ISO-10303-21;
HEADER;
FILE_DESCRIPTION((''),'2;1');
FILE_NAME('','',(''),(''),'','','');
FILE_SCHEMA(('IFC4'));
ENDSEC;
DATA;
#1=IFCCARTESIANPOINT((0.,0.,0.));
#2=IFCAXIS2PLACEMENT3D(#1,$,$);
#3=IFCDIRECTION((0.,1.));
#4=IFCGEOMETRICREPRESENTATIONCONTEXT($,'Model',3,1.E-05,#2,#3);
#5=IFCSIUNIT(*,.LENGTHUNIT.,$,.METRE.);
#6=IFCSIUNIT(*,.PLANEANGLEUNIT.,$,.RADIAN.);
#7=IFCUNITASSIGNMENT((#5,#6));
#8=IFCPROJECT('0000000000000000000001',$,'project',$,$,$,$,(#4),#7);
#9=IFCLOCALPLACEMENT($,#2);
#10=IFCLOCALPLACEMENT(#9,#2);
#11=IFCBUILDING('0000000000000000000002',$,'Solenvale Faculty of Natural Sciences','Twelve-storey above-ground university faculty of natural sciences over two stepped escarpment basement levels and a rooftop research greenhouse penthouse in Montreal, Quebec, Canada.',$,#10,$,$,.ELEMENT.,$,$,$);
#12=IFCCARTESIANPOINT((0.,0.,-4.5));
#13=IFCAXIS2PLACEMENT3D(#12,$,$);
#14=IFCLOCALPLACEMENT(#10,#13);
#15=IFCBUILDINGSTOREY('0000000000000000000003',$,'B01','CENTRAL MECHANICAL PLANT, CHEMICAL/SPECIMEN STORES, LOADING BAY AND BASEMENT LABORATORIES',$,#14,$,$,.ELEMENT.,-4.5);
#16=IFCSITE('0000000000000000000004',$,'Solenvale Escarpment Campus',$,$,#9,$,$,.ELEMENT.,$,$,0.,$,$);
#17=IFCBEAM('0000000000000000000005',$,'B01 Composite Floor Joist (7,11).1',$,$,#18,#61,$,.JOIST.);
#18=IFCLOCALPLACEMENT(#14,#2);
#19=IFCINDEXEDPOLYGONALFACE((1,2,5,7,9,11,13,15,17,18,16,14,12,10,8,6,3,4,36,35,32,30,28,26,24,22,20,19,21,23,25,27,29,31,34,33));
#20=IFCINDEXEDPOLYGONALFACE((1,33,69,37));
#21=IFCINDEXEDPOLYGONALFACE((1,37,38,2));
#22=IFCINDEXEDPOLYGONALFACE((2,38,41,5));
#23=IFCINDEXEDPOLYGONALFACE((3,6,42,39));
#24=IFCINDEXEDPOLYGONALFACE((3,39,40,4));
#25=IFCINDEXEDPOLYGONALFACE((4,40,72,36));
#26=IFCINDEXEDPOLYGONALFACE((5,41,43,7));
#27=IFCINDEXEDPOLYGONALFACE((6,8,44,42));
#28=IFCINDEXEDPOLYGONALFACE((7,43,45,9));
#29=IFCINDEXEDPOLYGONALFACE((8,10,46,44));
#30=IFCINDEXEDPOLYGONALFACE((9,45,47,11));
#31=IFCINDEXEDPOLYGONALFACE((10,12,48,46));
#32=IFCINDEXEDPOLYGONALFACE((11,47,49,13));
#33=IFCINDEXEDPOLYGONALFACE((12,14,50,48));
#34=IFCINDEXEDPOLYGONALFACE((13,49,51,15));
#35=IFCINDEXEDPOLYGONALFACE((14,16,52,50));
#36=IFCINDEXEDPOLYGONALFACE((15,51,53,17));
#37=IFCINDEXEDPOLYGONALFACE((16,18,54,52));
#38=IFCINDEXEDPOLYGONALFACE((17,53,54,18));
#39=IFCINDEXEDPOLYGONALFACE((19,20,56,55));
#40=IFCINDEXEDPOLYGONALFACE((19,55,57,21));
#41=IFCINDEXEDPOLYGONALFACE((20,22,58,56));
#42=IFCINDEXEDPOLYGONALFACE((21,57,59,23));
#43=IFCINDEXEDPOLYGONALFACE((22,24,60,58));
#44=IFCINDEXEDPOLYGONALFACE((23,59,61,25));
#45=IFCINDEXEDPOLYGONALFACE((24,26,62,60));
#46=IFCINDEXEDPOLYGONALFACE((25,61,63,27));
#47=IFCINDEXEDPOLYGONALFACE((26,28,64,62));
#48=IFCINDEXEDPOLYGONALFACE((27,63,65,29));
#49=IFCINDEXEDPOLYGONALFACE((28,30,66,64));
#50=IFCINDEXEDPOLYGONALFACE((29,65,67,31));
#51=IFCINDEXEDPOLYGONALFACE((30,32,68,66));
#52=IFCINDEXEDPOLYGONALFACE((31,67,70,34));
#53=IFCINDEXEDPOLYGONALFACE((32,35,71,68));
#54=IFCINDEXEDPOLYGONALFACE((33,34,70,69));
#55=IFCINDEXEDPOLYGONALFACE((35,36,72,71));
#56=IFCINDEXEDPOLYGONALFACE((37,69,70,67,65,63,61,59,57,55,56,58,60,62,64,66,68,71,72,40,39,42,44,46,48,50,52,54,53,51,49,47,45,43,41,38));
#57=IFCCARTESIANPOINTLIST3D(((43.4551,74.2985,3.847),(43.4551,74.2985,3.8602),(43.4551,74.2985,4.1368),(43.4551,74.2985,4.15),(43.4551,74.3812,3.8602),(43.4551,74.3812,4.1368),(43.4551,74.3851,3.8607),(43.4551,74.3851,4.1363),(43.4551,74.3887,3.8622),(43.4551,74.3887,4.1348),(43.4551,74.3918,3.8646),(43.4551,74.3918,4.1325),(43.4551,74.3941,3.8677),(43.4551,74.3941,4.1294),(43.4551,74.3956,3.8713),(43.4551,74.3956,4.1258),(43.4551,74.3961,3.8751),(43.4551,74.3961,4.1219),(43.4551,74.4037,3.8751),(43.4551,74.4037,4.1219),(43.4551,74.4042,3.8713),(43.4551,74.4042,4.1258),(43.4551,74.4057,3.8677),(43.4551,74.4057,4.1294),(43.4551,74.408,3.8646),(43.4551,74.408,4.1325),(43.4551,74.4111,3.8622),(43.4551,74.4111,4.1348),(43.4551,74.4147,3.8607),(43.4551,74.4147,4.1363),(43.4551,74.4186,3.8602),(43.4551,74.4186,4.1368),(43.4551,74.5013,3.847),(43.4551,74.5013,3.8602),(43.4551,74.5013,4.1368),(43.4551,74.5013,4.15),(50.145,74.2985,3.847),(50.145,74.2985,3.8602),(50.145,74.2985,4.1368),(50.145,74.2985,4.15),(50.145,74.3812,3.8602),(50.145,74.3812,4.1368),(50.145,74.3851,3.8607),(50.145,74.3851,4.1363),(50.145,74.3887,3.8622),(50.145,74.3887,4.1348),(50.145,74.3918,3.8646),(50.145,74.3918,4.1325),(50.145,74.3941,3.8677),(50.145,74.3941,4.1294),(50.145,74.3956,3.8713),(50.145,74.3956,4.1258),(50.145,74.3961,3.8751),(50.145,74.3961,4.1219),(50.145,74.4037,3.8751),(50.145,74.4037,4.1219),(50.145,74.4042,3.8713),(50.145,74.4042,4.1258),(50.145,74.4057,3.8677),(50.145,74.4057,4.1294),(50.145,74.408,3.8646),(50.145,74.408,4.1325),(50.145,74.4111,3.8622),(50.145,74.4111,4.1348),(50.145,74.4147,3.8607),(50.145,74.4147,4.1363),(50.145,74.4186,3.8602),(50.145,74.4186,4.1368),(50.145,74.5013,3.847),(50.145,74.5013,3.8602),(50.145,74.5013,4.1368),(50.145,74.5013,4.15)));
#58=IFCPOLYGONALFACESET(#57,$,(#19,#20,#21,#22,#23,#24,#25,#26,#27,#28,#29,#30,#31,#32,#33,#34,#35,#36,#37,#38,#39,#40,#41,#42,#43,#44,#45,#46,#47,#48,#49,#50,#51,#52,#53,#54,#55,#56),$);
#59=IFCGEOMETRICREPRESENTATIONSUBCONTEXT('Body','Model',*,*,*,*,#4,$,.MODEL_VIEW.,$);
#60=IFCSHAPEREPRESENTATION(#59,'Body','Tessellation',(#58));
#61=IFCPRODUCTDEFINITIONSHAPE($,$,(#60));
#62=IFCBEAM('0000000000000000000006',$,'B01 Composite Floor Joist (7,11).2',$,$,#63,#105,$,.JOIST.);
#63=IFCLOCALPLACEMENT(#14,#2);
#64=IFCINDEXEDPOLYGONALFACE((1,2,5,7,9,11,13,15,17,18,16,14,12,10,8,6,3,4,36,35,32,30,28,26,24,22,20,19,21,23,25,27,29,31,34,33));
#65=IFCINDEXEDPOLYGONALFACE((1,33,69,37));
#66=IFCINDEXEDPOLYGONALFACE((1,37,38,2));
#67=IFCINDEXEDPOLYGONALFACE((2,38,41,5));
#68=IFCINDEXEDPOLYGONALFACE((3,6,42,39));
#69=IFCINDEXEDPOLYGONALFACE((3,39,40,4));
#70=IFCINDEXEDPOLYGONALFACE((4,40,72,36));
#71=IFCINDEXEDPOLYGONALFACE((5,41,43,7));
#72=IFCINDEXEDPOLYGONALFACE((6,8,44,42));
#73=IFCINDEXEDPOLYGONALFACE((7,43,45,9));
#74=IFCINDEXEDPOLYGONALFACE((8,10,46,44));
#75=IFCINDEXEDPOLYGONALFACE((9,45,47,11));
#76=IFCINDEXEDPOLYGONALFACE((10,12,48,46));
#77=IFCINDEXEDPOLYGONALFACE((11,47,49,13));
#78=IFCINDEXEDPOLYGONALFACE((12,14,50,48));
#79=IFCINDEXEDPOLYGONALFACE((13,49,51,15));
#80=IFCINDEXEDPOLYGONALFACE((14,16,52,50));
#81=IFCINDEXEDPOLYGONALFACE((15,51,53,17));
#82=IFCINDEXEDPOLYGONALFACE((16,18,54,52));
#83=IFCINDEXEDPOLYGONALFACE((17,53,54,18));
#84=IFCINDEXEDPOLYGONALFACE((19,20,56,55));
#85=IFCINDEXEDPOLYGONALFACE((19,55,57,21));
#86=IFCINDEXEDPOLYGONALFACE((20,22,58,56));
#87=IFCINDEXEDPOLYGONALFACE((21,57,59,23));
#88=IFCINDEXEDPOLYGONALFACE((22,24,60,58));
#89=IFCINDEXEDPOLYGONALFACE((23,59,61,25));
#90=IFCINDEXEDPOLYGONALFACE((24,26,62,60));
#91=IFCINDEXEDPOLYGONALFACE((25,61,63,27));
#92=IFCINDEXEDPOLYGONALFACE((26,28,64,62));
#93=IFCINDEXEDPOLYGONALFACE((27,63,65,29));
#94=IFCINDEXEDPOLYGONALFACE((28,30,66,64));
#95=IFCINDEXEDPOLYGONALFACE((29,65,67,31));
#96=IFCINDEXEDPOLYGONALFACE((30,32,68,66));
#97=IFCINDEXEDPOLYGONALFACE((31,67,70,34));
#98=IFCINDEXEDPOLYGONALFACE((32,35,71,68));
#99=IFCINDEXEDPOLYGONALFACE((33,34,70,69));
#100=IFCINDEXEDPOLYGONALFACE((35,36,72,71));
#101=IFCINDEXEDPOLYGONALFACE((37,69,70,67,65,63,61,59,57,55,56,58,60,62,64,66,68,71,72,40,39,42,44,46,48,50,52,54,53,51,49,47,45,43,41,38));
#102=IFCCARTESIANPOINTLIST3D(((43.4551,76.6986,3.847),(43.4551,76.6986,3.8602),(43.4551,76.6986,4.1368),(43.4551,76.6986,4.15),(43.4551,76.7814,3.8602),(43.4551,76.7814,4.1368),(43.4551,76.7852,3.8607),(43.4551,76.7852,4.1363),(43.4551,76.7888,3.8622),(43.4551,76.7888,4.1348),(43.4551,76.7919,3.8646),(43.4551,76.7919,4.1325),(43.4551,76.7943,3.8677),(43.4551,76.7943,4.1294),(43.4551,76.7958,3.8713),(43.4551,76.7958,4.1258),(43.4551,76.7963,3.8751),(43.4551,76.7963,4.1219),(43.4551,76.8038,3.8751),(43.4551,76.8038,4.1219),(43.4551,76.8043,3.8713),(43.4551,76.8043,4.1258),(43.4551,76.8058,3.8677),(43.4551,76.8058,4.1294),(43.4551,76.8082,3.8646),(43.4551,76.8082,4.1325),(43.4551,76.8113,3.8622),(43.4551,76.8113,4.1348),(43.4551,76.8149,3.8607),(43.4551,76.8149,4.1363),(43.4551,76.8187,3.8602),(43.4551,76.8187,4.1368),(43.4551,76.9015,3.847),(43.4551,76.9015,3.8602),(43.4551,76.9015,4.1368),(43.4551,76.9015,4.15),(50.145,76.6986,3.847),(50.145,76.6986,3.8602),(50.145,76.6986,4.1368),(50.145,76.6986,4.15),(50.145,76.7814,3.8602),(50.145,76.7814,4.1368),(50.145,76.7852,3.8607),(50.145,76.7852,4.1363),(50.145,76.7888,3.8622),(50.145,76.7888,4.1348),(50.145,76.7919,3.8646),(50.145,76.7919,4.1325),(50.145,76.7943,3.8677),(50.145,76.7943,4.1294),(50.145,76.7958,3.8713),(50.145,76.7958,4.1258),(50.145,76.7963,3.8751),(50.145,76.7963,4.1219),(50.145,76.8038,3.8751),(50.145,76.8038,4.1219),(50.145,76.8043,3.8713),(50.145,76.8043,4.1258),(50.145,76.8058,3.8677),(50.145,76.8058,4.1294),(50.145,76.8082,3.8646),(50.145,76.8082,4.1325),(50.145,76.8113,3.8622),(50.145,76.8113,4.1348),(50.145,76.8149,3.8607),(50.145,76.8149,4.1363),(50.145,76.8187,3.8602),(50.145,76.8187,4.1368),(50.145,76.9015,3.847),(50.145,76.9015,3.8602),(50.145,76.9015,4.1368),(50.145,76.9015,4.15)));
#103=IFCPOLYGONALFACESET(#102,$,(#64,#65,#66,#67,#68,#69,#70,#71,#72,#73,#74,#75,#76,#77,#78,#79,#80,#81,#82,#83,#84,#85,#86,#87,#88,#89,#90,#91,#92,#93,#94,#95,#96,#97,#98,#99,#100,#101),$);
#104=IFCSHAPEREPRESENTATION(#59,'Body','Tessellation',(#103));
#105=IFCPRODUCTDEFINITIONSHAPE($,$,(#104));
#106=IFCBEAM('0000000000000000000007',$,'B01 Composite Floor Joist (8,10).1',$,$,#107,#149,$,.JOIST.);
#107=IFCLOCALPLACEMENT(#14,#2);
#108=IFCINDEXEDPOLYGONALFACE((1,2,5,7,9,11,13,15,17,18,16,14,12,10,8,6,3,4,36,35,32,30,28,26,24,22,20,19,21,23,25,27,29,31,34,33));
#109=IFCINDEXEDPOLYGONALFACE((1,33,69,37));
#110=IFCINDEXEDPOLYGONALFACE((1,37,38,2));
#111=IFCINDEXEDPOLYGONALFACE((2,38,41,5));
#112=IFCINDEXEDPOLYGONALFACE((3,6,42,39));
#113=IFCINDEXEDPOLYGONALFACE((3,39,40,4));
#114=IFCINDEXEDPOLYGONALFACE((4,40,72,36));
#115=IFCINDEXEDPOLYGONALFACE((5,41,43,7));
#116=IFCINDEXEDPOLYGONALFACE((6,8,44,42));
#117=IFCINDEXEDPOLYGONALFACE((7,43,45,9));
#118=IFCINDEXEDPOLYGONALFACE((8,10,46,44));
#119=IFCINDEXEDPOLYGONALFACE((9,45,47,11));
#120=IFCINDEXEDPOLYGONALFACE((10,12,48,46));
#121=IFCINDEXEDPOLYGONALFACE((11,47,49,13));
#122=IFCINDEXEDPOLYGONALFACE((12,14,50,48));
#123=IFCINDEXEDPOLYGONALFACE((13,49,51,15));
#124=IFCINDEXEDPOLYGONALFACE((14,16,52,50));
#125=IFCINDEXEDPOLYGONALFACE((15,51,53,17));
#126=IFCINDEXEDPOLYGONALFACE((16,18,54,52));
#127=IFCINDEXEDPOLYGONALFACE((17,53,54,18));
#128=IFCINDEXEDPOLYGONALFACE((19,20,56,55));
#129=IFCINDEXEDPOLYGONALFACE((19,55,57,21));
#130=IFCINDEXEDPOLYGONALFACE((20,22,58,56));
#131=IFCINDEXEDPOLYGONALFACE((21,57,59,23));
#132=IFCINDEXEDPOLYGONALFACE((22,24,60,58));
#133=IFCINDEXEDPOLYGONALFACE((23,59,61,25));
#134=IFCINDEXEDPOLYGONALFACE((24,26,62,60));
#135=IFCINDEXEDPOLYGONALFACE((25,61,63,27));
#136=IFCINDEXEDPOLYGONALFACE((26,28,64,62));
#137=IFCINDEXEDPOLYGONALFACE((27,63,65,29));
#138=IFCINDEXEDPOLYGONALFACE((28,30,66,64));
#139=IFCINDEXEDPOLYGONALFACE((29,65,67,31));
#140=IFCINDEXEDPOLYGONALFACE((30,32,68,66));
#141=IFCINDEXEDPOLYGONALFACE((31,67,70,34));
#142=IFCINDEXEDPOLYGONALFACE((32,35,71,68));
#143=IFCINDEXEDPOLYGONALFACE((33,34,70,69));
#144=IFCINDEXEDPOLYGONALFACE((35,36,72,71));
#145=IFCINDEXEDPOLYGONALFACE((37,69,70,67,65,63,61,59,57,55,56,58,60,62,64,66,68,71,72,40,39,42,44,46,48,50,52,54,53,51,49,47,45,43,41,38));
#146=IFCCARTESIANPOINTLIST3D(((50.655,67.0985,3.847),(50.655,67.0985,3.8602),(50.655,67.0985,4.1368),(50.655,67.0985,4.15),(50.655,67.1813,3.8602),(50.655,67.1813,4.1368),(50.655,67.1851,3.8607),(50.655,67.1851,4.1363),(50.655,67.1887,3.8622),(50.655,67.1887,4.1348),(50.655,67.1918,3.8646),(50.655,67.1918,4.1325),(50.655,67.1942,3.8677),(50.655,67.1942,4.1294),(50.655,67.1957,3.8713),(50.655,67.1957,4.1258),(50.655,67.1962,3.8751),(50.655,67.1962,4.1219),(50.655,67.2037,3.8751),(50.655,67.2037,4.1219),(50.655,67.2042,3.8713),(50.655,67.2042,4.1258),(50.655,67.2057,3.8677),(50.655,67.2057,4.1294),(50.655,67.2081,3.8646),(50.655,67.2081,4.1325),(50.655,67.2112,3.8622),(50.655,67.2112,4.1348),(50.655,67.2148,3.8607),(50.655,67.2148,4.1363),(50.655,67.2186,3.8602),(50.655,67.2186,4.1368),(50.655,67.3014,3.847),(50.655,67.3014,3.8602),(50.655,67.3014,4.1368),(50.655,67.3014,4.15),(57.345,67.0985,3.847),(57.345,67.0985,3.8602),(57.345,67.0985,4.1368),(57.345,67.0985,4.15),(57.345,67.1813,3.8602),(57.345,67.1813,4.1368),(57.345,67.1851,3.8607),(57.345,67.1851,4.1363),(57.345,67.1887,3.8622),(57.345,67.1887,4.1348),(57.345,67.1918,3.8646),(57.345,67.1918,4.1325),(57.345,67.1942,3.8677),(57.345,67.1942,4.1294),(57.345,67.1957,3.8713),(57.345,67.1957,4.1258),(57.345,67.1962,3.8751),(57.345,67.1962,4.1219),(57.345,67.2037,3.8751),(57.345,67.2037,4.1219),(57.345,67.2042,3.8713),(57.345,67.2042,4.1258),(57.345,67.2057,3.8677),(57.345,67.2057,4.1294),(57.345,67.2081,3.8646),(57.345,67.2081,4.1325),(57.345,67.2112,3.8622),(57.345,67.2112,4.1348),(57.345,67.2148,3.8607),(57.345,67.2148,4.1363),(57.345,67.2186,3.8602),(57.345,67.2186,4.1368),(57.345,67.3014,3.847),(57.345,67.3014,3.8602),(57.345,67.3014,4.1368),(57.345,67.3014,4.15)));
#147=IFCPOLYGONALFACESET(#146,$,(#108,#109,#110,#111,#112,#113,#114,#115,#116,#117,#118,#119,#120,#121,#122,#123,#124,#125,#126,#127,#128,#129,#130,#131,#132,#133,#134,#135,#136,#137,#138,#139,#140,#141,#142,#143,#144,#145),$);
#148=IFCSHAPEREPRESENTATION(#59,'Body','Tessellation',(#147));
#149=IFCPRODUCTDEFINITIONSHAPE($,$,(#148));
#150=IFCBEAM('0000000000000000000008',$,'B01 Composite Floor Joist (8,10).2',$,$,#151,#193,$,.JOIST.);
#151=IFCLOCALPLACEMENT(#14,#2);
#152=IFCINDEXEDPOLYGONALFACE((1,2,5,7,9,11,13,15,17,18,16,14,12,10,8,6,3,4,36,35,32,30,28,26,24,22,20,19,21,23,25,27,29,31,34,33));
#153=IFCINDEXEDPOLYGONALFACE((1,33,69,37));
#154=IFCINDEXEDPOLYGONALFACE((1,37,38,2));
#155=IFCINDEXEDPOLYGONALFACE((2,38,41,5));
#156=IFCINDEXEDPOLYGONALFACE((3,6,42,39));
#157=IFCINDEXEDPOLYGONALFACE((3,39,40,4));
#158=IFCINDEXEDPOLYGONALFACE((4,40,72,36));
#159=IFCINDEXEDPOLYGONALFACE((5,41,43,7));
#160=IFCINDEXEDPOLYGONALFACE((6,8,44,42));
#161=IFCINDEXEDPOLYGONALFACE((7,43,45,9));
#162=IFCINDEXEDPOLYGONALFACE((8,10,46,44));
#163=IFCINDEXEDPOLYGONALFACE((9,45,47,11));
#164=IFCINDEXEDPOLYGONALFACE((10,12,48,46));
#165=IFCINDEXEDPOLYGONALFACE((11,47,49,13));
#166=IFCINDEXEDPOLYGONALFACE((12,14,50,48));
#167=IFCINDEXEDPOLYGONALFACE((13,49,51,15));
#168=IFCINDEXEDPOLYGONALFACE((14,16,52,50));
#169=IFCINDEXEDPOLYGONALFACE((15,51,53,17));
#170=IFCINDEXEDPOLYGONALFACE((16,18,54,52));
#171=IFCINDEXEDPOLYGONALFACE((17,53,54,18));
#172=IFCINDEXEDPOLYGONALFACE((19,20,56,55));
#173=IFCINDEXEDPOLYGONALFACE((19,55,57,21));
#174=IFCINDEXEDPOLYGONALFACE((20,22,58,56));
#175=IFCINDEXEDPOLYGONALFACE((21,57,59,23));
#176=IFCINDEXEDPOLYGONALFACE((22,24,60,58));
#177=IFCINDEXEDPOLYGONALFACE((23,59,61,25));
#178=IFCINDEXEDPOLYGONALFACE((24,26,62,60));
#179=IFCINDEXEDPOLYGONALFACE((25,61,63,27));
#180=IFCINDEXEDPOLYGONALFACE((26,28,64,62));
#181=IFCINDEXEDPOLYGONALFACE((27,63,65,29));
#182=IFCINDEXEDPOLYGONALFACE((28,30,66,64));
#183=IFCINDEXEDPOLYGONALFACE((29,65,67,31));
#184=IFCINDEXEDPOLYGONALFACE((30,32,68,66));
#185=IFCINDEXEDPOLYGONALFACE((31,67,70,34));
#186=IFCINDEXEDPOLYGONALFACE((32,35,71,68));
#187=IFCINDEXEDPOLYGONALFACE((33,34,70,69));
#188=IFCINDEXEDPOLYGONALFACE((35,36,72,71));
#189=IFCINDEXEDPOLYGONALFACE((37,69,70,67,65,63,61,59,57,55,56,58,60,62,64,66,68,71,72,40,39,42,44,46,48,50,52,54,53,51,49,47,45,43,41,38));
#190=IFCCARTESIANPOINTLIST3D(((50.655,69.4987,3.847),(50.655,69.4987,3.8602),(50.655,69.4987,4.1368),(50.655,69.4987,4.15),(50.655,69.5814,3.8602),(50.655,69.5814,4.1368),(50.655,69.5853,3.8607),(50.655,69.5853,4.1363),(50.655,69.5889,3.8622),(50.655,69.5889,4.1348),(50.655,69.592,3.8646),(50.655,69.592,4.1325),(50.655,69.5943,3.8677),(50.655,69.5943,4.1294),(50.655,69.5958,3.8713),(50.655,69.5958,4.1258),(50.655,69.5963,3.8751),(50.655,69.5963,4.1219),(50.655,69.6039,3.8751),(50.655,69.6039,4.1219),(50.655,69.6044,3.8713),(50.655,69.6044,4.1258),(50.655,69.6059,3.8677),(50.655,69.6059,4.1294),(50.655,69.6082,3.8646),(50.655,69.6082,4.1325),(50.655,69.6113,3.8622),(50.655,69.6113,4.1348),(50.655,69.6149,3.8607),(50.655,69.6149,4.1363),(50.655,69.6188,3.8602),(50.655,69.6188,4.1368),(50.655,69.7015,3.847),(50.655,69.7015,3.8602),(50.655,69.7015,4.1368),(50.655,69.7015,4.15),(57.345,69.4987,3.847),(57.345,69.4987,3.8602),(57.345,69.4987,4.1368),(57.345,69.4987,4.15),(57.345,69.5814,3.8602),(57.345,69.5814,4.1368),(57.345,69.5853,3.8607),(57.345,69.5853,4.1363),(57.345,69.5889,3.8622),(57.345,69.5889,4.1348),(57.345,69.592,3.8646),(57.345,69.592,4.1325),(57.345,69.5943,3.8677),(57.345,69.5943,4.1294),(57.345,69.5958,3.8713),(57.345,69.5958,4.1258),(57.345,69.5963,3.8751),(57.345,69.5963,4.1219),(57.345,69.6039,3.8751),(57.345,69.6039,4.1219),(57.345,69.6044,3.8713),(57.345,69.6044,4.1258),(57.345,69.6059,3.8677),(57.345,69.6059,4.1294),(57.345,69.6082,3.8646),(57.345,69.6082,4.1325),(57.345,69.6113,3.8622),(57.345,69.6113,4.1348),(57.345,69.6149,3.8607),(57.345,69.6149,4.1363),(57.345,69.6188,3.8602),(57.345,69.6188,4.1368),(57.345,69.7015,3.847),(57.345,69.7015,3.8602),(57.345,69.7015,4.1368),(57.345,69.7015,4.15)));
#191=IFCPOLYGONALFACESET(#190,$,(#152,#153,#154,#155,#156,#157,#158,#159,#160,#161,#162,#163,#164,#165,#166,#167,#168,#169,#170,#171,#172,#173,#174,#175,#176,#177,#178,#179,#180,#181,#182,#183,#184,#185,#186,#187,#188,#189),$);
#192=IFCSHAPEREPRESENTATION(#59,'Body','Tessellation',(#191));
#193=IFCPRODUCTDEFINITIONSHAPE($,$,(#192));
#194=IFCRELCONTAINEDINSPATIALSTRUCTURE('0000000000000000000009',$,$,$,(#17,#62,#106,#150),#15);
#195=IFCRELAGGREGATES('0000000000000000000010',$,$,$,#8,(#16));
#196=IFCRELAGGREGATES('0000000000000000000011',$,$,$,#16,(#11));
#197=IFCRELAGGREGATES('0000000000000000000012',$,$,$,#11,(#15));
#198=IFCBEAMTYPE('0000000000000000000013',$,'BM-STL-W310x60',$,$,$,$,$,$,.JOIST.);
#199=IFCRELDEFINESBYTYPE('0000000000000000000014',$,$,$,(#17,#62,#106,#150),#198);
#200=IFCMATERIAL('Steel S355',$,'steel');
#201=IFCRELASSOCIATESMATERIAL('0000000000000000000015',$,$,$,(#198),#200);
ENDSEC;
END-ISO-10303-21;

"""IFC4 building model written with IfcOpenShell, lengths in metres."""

from ifc_helpers import new_model, si_unit, direction, frame, origin, origin_2d, place, context, subcontext, project, spatial, i_section, extrude, material, material_profile, profile_set, type_object, element, save


model = new_model("IFC4")

# Units and contexts
model_context = context("Model", 3, precision=1e-05, world=origin(), true_north=direction((0.0, 1.0)))
body_context = subcontext(model_context, "Body", "Model", "MODEL_VIEW")
ifc_project = project(units=[si_unit("LENGTHUNIT", "METRE"), si_unit("PLANEANGLEUNIT", "RADIAN")], contexts=[model_context])

# Site, building, storey
site_placement = place(None, origin())
site = spatial("IfcSite", under=ifc_project, at=site_placement, Name="Solenvale Escarpment Campus", CompositionType="ELEMENT", RefElevation=0.0)
building_placement = place(site_placement, origin())
building = spatial("IfcBuilding", under=site, at=building_placement, Name="Solenvale Faculty of Natural Sciences", Description="Twelve-storey above-ground university faculty of natural sciences over two stepped escarpment basement levels and a rooftop research greenhouse penthouse in Montreal, Quebec, Canada.", CompositionType="ELEMENT")
storey_placement = place(building_placement, frame((0.0, 0.0, -4.5)))
storey = spatial("IfcBuildingStorey", under=building, at=storey_placement, Name="B01", Description="CENTRAL MECHANICAL PLANT, CHEMICAL/SPECIMEN STORES, LOADING BAY AND BASEMENT LABORATORIES", CompositionType="ELEMENT", Elevation=-4.5)

# Beams
ifc_material_1 = material(Name="Steel S355", Category="steel")
ifc_material_profile_1 = material_profile(ifc_material_1, i_section(OverallWidth=0.2029, OverallDepth=0.303, WebThickness=0.0076, FlangeThickness=0.0132, FilletRadius=0.0149, at=origin_2d()), Name="W310x60")
ifc_profile_set_1 = profile_set([ifc_material_profile_1], Name="Steel S355")
beam_type_1 = type_object("IfcBeamType", Name="BM-STL-W310x60", PredefinedType="JOIST", material=ifc_profile_set_1)
for number, where, z_axis, x_axis, name in (
    (1, (43.4551, 74.3999, 3.9985), (1.0, 0.0, 0.0), (0.0, 1.0, 0.0), "B01 Composite Floor Joist (7,11).1"),
    (2, (43.4551, 76.8, 3.9985), (1.0, 0.0, 0.0), (0.0, 1.0, 0.0), "B01 Composite Floor Joist (7,11).2"),
    (3, (50.655, 67.2, 3.9985), (1.0, 0.0, 0.0), (0.0, 1.0, 0.0), "B01 Composite Floor Joist (8,10).1"),
    (4, (50.655, 69.6001, 3.9985), (1.0, 0.0, 0.0), (0.0, 1.0, 0.0), "B01 Composite Floor Joist (8,10).2"),
):
    element("IfcBeam", number, at=place(storey_placement, frame(where, z_axis=z_axis, x_axis=x_axis)), inside=storey, type_object=beam_type_1, Name=name, PredefinedType="JOIST", context=body_context, shape_type="SweptSolid", body=[
        extrude(i_section(OverallWidth=0.2029, OverallDepth=0.303, WebThickness=0.0076, FlangeThickness=0.0132, FilletRadius=0.0149, at=origin_2d()), origin(), (0.0, 0.0, 1.0), 6.6899),
    ])

save(model, "model.ifc")
